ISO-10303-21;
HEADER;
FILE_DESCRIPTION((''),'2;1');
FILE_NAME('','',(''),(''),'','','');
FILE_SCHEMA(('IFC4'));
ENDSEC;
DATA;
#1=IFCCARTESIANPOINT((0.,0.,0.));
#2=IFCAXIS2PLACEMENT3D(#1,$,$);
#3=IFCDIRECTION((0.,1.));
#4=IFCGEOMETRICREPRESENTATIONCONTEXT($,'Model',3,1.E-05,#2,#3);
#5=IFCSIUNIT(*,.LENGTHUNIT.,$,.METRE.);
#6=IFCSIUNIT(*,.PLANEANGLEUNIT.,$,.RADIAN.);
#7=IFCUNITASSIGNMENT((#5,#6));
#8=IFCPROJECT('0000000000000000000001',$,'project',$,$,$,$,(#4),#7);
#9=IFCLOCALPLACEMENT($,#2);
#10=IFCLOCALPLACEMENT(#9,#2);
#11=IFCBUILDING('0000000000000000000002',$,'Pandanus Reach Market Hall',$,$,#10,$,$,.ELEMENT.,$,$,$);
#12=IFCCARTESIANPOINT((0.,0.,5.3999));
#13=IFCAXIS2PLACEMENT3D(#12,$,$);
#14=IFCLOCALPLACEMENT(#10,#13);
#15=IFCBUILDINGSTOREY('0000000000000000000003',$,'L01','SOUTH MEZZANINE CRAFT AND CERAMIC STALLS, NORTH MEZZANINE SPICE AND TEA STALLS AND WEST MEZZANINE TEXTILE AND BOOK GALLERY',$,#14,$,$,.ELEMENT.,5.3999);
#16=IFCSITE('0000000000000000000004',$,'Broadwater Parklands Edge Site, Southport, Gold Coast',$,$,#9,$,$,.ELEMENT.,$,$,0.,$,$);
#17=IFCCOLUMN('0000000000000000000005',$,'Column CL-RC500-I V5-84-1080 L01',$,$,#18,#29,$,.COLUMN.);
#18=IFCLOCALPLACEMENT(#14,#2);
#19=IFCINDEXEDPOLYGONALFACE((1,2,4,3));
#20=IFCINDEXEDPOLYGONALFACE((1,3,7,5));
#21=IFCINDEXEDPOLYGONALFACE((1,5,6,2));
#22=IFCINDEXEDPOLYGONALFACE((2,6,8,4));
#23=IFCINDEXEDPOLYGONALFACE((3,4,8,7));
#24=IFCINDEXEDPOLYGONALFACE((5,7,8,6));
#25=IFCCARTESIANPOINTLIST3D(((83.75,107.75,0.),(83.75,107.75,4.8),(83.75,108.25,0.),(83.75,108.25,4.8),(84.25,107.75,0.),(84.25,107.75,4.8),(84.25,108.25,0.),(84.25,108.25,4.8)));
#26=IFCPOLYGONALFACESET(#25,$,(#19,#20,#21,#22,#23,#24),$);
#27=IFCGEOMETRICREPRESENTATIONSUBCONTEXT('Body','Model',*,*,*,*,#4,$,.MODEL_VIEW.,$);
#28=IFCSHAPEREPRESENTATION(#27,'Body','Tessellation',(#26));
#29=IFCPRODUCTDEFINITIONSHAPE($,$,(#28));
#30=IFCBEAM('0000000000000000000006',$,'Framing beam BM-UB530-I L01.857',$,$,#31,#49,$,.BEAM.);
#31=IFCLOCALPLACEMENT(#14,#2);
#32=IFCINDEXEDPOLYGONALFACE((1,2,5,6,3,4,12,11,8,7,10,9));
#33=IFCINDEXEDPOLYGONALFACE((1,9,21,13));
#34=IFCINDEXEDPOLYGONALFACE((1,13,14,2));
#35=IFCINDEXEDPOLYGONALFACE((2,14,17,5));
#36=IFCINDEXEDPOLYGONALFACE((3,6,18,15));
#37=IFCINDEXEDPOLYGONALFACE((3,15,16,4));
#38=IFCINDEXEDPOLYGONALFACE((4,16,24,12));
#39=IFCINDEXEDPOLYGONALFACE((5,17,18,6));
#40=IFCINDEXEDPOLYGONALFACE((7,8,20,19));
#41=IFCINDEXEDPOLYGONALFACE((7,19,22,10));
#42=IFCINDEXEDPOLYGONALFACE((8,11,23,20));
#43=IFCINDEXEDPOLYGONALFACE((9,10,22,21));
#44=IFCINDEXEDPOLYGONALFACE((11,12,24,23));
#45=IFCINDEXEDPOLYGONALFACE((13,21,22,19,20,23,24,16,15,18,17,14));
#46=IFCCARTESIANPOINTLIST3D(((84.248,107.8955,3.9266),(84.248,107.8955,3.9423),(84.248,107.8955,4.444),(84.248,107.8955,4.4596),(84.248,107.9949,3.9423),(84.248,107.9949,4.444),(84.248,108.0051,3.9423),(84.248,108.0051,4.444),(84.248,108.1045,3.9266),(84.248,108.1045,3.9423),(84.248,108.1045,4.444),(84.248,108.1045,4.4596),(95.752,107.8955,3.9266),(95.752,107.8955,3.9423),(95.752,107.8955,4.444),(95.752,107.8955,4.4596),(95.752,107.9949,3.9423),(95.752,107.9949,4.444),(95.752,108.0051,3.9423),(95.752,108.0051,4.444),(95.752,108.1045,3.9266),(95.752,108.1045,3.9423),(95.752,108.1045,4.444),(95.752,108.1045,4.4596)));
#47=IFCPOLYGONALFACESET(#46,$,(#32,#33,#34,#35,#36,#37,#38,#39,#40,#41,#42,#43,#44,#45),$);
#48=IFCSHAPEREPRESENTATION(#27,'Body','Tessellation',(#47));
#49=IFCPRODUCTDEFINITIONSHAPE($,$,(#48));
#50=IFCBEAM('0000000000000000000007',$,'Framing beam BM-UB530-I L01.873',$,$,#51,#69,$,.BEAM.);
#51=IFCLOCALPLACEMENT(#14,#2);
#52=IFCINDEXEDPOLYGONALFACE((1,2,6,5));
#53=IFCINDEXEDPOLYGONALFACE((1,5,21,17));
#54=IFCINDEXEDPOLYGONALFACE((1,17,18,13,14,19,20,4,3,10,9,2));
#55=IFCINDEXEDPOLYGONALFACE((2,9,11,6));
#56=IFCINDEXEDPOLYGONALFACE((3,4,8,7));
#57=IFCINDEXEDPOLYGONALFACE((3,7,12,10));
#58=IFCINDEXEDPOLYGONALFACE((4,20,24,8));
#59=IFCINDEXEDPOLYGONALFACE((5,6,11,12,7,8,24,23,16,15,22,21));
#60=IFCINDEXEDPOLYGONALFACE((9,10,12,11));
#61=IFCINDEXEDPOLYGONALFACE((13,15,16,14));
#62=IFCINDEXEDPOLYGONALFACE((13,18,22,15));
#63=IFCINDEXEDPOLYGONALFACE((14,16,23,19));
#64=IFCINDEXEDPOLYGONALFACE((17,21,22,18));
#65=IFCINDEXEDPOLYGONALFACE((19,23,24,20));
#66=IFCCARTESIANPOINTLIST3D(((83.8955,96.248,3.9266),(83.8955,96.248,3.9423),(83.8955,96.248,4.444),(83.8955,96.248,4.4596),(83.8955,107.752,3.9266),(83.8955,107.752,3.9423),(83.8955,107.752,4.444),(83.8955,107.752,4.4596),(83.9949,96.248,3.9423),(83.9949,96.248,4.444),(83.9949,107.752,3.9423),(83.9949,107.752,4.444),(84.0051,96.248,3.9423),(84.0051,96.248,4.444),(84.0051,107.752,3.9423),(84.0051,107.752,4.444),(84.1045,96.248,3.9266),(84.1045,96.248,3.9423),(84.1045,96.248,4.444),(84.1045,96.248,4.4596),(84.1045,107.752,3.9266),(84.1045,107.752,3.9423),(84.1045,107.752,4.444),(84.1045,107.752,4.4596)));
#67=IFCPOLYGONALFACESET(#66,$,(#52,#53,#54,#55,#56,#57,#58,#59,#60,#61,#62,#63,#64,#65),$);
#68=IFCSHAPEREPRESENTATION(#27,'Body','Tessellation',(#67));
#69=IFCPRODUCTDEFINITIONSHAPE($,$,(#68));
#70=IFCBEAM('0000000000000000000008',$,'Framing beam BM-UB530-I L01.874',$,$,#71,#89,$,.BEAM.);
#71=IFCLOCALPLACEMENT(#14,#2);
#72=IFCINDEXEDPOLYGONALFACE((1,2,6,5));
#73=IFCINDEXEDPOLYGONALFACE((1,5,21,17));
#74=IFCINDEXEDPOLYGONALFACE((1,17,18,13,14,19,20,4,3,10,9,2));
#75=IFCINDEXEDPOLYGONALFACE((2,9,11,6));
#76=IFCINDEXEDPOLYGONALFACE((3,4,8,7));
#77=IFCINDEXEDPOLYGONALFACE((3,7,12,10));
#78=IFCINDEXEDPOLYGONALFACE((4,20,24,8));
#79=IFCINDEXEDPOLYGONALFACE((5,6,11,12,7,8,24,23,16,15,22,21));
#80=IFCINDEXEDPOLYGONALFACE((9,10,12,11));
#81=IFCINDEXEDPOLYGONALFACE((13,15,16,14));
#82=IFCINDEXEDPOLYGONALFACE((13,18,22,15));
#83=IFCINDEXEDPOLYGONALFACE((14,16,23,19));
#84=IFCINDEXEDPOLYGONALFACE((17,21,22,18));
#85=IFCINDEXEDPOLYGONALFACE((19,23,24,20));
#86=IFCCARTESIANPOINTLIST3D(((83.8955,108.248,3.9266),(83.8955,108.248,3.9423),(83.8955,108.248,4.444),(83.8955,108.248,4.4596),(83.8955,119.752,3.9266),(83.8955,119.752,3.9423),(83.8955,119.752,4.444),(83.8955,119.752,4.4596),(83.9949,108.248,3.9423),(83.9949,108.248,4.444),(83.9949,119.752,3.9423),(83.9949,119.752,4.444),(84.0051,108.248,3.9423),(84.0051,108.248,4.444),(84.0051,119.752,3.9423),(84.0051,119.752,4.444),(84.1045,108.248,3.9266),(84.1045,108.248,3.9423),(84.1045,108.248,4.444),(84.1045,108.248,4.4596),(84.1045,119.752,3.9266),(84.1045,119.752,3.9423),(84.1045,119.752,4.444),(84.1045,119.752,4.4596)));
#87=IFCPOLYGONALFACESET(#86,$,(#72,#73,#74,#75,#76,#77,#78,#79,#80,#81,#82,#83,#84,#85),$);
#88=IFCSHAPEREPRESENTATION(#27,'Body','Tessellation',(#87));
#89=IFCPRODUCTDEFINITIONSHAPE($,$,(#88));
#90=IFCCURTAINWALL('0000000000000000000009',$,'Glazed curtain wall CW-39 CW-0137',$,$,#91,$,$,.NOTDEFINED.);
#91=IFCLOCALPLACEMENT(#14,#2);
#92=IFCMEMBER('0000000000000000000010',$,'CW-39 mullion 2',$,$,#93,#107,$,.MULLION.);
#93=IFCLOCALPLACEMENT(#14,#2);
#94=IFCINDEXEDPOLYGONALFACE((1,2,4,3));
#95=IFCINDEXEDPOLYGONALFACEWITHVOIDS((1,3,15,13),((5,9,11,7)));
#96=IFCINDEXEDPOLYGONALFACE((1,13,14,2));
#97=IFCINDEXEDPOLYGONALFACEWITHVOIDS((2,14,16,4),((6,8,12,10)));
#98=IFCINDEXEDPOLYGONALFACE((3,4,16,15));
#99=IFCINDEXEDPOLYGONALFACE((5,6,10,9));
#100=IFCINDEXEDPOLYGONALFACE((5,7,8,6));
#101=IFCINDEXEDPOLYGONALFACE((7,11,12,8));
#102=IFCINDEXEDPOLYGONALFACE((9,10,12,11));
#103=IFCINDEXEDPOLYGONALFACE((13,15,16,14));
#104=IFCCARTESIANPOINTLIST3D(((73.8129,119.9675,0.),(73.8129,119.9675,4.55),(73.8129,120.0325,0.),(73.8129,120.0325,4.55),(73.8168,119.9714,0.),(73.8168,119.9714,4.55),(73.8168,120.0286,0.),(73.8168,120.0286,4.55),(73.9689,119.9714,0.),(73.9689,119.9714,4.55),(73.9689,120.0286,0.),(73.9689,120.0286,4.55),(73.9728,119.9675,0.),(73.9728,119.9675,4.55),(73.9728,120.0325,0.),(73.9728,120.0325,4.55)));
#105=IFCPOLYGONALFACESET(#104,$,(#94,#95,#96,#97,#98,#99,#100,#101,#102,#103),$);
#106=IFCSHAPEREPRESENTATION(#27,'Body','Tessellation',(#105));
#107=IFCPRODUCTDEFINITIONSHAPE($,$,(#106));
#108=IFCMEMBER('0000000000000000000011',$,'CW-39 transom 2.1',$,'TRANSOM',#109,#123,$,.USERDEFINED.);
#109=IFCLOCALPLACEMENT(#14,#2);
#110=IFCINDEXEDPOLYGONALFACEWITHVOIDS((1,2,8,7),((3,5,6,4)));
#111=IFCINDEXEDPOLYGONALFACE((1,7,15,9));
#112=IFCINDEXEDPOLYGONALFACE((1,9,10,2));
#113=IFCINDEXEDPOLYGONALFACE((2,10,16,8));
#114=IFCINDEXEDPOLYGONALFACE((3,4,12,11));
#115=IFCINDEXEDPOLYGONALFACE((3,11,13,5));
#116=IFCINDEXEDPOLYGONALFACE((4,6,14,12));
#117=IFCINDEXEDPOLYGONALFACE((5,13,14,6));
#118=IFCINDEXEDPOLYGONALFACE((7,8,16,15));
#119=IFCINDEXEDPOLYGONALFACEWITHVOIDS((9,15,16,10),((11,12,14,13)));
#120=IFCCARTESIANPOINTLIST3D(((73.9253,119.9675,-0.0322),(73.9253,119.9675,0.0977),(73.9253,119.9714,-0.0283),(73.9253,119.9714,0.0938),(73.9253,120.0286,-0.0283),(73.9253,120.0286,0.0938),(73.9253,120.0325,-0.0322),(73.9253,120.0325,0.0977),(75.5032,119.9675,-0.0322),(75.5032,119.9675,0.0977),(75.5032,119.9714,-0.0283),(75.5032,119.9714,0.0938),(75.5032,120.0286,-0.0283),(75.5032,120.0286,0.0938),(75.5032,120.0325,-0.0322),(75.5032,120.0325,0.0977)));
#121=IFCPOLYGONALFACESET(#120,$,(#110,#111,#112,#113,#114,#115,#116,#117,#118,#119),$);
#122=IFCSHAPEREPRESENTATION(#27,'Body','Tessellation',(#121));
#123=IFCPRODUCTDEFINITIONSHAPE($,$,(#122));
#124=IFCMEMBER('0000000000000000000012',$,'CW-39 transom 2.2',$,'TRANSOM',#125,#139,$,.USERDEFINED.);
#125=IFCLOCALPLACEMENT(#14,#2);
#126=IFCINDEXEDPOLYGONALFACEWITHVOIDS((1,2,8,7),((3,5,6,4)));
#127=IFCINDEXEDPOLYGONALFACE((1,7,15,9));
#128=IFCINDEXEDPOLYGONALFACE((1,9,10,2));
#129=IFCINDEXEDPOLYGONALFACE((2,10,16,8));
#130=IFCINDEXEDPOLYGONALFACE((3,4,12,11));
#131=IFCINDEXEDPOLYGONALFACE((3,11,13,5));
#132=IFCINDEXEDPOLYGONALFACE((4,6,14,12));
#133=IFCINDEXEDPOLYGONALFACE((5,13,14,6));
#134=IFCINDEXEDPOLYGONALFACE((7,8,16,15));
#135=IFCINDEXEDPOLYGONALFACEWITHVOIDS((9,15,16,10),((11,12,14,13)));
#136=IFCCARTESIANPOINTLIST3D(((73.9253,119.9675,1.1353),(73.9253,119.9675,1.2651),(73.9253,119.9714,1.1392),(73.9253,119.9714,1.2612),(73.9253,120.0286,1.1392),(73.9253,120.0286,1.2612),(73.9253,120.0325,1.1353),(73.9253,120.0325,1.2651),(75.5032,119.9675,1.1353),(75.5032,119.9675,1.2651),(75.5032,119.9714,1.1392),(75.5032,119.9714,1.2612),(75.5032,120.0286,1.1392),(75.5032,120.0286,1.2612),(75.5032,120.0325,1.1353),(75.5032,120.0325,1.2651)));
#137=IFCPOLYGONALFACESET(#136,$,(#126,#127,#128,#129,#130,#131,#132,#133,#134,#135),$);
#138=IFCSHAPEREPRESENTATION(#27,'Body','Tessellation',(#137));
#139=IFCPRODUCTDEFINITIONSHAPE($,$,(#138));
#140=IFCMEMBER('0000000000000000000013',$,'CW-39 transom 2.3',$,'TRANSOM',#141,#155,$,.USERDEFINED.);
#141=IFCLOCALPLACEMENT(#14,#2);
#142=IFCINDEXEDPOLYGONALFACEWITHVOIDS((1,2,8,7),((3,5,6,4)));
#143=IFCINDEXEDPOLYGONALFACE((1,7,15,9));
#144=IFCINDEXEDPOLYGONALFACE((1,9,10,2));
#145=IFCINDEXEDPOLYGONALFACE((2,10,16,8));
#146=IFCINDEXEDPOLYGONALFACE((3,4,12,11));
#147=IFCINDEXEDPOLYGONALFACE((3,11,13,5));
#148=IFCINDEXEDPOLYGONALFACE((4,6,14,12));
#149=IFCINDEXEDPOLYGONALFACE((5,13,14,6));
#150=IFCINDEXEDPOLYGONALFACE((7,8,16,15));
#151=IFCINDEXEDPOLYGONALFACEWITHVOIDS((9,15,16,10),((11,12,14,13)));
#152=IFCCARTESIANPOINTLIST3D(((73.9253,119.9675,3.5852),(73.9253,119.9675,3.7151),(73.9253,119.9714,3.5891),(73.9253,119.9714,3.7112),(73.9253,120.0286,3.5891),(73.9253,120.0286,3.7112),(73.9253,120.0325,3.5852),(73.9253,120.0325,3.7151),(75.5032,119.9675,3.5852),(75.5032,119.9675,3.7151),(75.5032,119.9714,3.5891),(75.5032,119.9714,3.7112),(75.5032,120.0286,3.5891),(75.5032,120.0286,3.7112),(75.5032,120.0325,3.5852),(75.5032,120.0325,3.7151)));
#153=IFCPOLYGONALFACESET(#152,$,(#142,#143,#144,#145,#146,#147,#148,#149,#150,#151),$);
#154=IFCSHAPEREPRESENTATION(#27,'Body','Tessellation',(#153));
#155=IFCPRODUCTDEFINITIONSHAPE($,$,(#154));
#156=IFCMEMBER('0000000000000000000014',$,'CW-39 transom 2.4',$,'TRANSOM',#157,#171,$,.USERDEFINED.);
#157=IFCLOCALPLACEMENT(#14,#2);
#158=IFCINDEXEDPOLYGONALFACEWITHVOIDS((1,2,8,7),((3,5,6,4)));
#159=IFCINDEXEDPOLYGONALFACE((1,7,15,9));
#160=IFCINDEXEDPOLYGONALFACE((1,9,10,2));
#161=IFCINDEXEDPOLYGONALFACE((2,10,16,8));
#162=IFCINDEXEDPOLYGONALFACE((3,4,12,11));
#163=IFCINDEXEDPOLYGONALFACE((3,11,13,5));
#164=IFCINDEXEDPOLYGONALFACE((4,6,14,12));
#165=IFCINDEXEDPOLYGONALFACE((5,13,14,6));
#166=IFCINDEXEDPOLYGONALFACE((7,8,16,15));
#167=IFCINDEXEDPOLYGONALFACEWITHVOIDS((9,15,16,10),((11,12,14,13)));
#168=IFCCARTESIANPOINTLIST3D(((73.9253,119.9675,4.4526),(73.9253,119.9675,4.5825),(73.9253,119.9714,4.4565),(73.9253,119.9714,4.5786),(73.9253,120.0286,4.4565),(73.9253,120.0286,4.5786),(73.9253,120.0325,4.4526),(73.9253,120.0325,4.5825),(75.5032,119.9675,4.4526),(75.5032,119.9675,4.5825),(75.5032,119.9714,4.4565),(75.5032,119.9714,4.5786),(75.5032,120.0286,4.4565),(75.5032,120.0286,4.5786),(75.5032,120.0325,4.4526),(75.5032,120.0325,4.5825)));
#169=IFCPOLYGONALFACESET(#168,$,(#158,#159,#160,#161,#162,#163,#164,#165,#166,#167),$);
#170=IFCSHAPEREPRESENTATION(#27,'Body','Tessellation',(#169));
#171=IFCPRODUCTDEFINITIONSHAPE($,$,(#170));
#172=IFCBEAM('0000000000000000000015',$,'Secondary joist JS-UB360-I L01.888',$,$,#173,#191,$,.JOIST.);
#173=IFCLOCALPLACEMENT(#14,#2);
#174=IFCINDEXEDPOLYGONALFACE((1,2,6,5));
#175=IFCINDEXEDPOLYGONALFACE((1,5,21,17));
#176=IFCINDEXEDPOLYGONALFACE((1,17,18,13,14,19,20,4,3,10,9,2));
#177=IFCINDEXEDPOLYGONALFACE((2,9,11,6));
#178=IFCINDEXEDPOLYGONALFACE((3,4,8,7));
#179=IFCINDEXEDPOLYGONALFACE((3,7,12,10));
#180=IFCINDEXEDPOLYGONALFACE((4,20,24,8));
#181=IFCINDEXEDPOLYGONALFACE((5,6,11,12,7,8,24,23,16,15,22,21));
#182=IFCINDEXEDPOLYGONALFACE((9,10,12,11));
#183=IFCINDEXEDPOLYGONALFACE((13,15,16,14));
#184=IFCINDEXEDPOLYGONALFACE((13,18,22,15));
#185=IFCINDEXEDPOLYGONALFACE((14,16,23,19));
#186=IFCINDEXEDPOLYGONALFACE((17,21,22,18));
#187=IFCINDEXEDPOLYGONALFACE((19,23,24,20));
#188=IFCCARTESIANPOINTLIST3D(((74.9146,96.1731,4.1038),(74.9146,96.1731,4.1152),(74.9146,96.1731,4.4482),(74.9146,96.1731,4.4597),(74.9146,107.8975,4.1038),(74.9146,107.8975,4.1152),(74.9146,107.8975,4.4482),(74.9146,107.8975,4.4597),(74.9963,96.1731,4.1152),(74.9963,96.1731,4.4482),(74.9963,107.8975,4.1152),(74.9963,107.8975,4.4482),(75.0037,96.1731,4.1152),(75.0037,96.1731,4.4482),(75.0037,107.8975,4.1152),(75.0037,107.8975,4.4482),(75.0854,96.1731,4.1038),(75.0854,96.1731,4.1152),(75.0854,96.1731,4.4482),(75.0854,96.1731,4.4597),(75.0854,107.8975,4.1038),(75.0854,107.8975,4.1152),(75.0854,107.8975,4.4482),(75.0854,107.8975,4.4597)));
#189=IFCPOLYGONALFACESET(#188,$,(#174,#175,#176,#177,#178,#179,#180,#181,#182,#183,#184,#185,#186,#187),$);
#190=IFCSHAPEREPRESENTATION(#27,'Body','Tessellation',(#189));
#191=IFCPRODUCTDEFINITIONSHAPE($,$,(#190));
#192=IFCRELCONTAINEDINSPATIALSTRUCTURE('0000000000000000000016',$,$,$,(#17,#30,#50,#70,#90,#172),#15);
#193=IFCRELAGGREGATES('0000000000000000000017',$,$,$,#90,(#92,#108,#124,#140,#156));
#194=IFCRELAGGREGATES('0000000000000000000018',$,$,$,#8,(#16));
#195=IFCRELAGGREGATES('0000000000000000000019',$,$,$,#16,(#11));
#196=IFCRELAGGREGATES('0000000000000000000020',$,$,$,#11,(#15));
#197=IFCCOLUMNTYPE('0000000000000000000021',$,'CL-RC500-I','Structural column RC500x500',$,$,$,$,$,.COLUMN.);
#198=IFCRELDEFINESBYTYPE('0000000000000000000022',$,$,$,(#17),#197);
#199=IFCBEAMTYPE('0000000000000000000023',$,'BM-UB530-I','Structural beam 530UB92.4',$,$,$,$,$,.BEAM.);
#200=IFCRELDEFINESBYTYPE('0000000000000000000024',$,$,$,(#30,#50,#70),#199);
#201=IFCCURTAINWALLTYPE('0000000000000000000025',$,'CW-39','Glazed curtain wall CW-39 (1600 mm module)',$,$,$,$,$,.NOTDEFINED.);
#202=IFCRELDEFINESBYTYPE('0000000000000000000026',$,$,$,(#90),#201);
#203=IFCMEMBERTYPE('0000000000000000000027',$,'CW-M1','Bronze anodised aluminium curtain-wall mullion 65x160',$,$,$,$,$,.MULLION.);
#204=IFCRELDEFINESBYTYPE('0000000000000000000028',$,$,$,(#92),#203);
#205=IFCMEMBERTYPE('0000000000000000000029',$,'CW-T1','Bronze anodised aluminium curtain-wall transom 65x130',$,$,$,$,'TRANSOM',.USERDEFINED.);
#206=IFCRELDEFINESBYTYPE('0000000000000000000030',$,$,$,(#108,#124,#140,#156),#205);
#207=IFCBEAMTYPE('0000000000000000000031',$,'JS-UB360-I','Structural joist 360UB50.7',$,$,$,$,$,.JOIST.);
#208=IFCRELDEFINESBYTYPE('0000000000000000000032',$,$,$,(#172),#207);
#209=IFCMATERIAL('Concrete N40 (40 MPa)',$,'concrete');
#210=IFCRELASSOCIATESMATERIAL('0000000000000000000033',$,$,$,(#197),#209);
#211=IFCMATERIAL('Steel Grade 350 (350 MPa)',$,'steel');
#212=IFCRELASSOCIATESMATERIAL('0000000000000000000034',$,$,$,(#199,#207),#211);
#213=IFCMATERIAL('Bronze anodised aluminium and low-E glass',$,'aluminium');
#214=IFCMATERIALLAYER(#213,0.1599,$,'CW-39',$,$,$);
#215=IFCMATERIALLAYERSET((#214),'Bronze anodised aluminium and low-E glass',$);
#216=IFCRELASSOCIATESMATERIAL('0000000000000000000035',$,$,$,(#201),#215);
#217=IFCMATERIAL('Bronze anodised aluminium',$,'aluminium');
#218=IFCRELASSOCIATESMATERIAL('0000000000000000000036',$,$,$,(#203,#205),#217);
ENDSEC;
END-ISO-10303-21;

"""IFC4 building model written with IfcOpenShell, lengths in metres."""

from ifc_helpers import new_model, si_unit, direction, frame, origin, origin_2d, place, context, subcontext, project, spatial, rectangle, hollow_rectangle, i_section, extrude, material, layer, layer_set, material_profile, profile_set, type_object, element, aggregate, save


model = new_model("IFC4")

# Units and contexts
model_context = context("Model", 3, precision=1e-05, world=origin(), true_north=direction((0.0, 1.0)))
body_context = subcontext(model_context, "Body", "Model", "MODEL_VIEW")
ifc_project = project(units=[si_unit("LENGTHUNIT", "METRE"), si_unit("PLANEANGLEUNIT", "RADIAN")], contexts=[model_context])

# Site, building, storey
site_placement = place(None, origin())
site = spatial("IfcSite", under=ifc_project, at=site_placement, Name="Broadwater Parklands Edge Site, Southport, Gold Coast", CompositionType="ELEMENT", RefElevation=0.0)
building_placement = place(site_placement, origin())
building = spatial("IfcBuilding", under=site, at=building_placement, Name="Pandanus Reach Market Hall", CompositionType="ELEMENT")
storey_placement = place(building_placement, frame((0.0, 0.0, 5.3999)))
storey = spatial("IfcBuildingStorey", under=building, at=storey_placement, Name="L01", Description="SOUTH MEZZANINE CRAFT AND CERAMIC STALLS, NORTH MEZZANINE SPICE AND TEA STALLS AND WEST MEZZANINE TEXTILE AND BOOK GALLERY", CompositionType="ELEMENT", Elevation=5.3999)

# Column
ifc_material_1 = material(Name="Concrete N40 (40 MPa)", Category="concrete")
ifc_material_profile_1 = material_profile(ifc_material_1, rectangle(XDim=0.5, YDim=0.5, at=origin_2d()), Name="RC500x500", Category="LoadBearing")
ifc_profile_set_1 = profile_set([ifc_material_profile_1], Name="Concrete N40 (40 MPa)")
column_type = type_object("IfcColumnType", Name="CL-RC500-I", Description="Structural column RC500x500", PredefinedType="COLUMN", material=ifc_profile_set_1)
column_placement = place(storey_placement, frame((84.0, 108.0, 0.0), z_axis=(0.0, 0.0, 1.0), x_axis=(1.0, 0.0, 0.0)))
element("IfcColumn", 1, at=column_placement, inside=storey, type_object=column_type, Name="Column CL-RC500-I V5-84-1080 L01", PredefinedType="COLUMN", context=body_context, shape_type="SweptSolid", body=[
    extrude(rectangle(XDim=0.5, YDim=0.5, at=origin_2d()), origin(), (0.0, 0.0, 1.0), 4.8),
])

# Beams
ifc_material_2 = material(Name="Steel Grade 350 (350 MPa)", Category="steel")
ifc_material_profile_2 = material_profile(ifc_material_2, i_section(OverallWidth=0.209, OverallDepth=0.533, WebThickness=0.0103, FlangeThickness=0.0156, at=origin_2d()), Name="530UB92.4", Category="LoadBearing")
ifc_profile_set_2 = profile_set([ifc_material_profile_2], Name="Steel Grade 350 (350 MPa)")
beam_type_1 = type_object("IfcBeamType", Name="BM-UB530-I", Description="Structural beam 530UB92.4", PredefinedType="BEAM", material=ifc_profile_set_2)
for number, where, z_axis, x_axis, name in (
    (2, (84.248, 108.0, 4.1931), (1.0, 0.0, 0.0), (0.0, 1.0, 0.0), "Framing beam BM-UB530-I L01.857"),
    (3, (84.0, 96.248, 4.1931), (0.0, 1.0, 0.0), (-1.0, 0.0, 0.0), "Framing beam BM-UB530-I L01.873"),
    (4, (84.0, 108.248, 4.1931), (0.0, 1.0, 0.0), (-1.0, 0.0, 0.0), "Framing beam BM-UB530-I L01.874"),
):
    element("IfcBeam", number, at=place(storey_placement, frame(where, z_axis=z_axis, x_axis=x_axis)), inside=storey, type_object=beam_type_1, Name=name, PredefinedType="BEAM", context=body_context, shape_type="SweptSolid", body=[
        extrude(i_section(OverallWidth=0.209, OverallDepth=0.533, WebThickness=0.0103, FlangeThickness=0.0156, at=origin_2d()), origin(), (0.0, 0.0, 1.0), 11.5039),
    ])

# Curtain wall, members
ifc_material_3 = material(Name="Bronze anodised aluminium and low-E glass", Category="aluminium")
ifc_layer_1 = layer(ifc_material_3, 0.1599, Name="CW-39")
ifc_layer_set_1 = layer_set([ifc_layer_1], Name="Bronze anodised aluminium and low-E glass")
curtain_wall_type_1 = type_object("IfcCurtainWallType", Name="CW-39", Description="Glazed curtain wall CW-39 (1600 mm module)", PredefinedType="NOTDEFINED", material=ifc_layer_set_1)
curtain_wall_1_placement = place(storey_placement, origin())
curtain_wall_1 = element("IfcCurtainWall", 5, at=curtain_wall_1_placement, inside=storey, type_object=curtain_wall_type_1, Name="Glazed curtain wall CW-39 CW-0137", PredefinedType="NOTDEFINED")
ifc_material_4 = material(Name="Bronze anodised aluminium", Category="aluminium")
ifc_material_profile_3 = material_profile(ifc_material_4, hollow_rectangle(XDim=0.0649, YDim=0.1599, WallThickness=0.0039, at=origin_2d()), Name="ALU65x160", Category="LoadBearing")
ifc_profile_set_3 = profile_set([ifc_material_profile_3], Name="Bronze anodised aluminium")
member_type_1 = type_object("IfcMemberType", Name="CW-M1", Description="Bronze anodised aluminium curtain-wall mullion 65x160", PredefinedType="MULLION", material=ifc_profile_set_3)
member_1_placement = place(storey_placement, frame((73.8928, 120.0, 0.0), z_axis=(0.0, 0.0, 1.0), x_axis=(0.0, 1.0, 0.0)))
member_1 = element("IfcMember", 6, at=member_1_placement, type_object=member_type_1, Name="CW-39 mullion 2", PredefinedType="MULLION", context=body_context, shape_type="SweptSolid", body=[
    extrude(hollow_rectangle(XDim=0.0649, YDim=0.1599, WallThickness=0.0039, at=origin_2d()), origin(), (0.0, 0.0, 1.0), 4.55),
])
ifc_material_profile_4 = material_profile(ifc_material_4, hollow_rectangle(XDim=0.0649, YDim=0.1299, WallThickness=0.0039, at=origin_2d()), Name="ALU65x130", Category="LoadBearing")
ifc_profile_set_4 = profile_set([ifc_material_profile_4], Name="Bronze anodised aluminium")
member_type_2 = type_object("IfcMemberType", Name="CW-T1", Description="Bronze anodised aluminium curtain-wall transom 65x130", ElementType="TRANSOM", PredefinedType="USERDEFINED", material=ifc_profile_set_4)
member_2_placement = place(storey_placement, frame((73.9253, 120.0, 0.0327), z_axis=(1.0, 0.0, 0.0), x_axis=(0.0, 1.0, 0.0)))
member_2 = element("IfcMember", 7, at=member_2_placement, type_object=member_type_2, Name="CW-39 transom 2.1", ObjectType="TRANSOM", PredefinedType="USERDEFINED", context=body_context, shape_type="SweptSolid", body=[
    extrude(hollow_rectangle(XDim=0.0649, YDim=0.1299, WallThickness=0.0039, at=origin_2d()), origin(), (0.0, 0.0, 1.0), 1.5779),
])
member_3_placement = place(storey_placement, frame((73.9253, 120.0, 1.2002), z_axis=(1.0, 0.0, 0.0), x_axis=(0.0, 1.0, 0.0)))
member_3 = element("IfcMember", 8, at=member_3_placement, type_object=member_type_2, Name="CW-39 transom 2.2", ObjectType="TRANSOM", PredefinedType="USERDEFINED", context=body_context, shape_type="SweptSolid", body=[
    extrude(hollow_rectangle(XDim=0.0649, YDim=0.1299, WallThickness=0.0039, at=origin_2d()), origin(), (0.0, 0.0, 1.0), 1.5779),
])
member_4_placement = place(storey_placement, frame((73.9253, 120.0, 3.6501), z_axis=(1.0, 0.0, 0.0), x_axis=(0.0, 1.0, 0.0)))
member_4 = element("IfcMember", 9, at=member_4_placement, type_object=member_type_2, Name="CW-39 transom 2.3", ObjectType="TRANSOM", PredefinedType="USERDEFINED", context=body_context, shape_type="SweptSolid", body=[
    extrude(hollow_rectangle(XDim=0.0649, YDim=0.1299, WallThickness=0.0039, at=origin_2d()), origin(), (0.0, 0.0, 1.0), 1.5779),
])
member_5_placement = place(storey_placement, frame((73.9253, 120.0, 4.5176), z_axis=(1.0, 0.0, 0.0), x_axis=(0.0, 1.0, 0.0)))
member_5 = element("IfcMember", 10, at=member_5_placement, type_object=member_type_2, Name="CW-39 transom 2.4", ObjectType="TRANSOM", PredefinedType="USERDEFINED", context=body_context, shape_type="SweptSolid", body=[
    extrude(hollow_rectangle(XDim=0.0649, YDim=0.1299, WallThickness=0.0039, at=origin_2d()), origin(), (0.0, 0.0, 1.0), 1.5779),
])

# Beam
ifc_material_profile_5 = material_profile(ifc_material_2, i_section(OverallWidth=0.1709, OverallDepth=0.356, WebThickness=0.0073, FlangeThickness=0.0115, at=origin_2d()), Name="360UB50.7", Category="LoadBearing")
ifc_profile_set_5 = profile_set([ifc_material_profile_5], Name="Steel Grade 350 (350 MPa)")
beam_type_2 = type_object("IfcBeamType", Name="JS-UB360-I", Description="Structural joist 360UB50.7", PredefinedType="JOIST", material=ifc_profile_set_5)
for number, where, z_axis, x_axis, name in (
    (11, (75.0, 96.1731, 4.2817), (0.0, 1.0, 0.0), (-1.0, 0.0, 0.0), "Secondary joist JS-UB360-I L01.888"),
):
    element("IfcBeam", number, at=place(storey_placement, frame(where, z_axis=z_axis, x_axis=x_axis)), inside=storey, type_object=beam_type_2, Name=name, PredefinedType="JOIST", context=body_context, shape_type="SweptSolid", body=[
        extrude(i_section(OverallWidth=0.1709, OverallDepth=0.356, WebThickness=0.0073, FlangeThickness=0.0115, at=origin_2d()), origin(), (0.0, 0.0, 1.0), 11.7244),
    ])

aggregate(curtain_wall_1, [member_1, member_2, member_3, member_4, member_5])

save(model, "model.ifc")
